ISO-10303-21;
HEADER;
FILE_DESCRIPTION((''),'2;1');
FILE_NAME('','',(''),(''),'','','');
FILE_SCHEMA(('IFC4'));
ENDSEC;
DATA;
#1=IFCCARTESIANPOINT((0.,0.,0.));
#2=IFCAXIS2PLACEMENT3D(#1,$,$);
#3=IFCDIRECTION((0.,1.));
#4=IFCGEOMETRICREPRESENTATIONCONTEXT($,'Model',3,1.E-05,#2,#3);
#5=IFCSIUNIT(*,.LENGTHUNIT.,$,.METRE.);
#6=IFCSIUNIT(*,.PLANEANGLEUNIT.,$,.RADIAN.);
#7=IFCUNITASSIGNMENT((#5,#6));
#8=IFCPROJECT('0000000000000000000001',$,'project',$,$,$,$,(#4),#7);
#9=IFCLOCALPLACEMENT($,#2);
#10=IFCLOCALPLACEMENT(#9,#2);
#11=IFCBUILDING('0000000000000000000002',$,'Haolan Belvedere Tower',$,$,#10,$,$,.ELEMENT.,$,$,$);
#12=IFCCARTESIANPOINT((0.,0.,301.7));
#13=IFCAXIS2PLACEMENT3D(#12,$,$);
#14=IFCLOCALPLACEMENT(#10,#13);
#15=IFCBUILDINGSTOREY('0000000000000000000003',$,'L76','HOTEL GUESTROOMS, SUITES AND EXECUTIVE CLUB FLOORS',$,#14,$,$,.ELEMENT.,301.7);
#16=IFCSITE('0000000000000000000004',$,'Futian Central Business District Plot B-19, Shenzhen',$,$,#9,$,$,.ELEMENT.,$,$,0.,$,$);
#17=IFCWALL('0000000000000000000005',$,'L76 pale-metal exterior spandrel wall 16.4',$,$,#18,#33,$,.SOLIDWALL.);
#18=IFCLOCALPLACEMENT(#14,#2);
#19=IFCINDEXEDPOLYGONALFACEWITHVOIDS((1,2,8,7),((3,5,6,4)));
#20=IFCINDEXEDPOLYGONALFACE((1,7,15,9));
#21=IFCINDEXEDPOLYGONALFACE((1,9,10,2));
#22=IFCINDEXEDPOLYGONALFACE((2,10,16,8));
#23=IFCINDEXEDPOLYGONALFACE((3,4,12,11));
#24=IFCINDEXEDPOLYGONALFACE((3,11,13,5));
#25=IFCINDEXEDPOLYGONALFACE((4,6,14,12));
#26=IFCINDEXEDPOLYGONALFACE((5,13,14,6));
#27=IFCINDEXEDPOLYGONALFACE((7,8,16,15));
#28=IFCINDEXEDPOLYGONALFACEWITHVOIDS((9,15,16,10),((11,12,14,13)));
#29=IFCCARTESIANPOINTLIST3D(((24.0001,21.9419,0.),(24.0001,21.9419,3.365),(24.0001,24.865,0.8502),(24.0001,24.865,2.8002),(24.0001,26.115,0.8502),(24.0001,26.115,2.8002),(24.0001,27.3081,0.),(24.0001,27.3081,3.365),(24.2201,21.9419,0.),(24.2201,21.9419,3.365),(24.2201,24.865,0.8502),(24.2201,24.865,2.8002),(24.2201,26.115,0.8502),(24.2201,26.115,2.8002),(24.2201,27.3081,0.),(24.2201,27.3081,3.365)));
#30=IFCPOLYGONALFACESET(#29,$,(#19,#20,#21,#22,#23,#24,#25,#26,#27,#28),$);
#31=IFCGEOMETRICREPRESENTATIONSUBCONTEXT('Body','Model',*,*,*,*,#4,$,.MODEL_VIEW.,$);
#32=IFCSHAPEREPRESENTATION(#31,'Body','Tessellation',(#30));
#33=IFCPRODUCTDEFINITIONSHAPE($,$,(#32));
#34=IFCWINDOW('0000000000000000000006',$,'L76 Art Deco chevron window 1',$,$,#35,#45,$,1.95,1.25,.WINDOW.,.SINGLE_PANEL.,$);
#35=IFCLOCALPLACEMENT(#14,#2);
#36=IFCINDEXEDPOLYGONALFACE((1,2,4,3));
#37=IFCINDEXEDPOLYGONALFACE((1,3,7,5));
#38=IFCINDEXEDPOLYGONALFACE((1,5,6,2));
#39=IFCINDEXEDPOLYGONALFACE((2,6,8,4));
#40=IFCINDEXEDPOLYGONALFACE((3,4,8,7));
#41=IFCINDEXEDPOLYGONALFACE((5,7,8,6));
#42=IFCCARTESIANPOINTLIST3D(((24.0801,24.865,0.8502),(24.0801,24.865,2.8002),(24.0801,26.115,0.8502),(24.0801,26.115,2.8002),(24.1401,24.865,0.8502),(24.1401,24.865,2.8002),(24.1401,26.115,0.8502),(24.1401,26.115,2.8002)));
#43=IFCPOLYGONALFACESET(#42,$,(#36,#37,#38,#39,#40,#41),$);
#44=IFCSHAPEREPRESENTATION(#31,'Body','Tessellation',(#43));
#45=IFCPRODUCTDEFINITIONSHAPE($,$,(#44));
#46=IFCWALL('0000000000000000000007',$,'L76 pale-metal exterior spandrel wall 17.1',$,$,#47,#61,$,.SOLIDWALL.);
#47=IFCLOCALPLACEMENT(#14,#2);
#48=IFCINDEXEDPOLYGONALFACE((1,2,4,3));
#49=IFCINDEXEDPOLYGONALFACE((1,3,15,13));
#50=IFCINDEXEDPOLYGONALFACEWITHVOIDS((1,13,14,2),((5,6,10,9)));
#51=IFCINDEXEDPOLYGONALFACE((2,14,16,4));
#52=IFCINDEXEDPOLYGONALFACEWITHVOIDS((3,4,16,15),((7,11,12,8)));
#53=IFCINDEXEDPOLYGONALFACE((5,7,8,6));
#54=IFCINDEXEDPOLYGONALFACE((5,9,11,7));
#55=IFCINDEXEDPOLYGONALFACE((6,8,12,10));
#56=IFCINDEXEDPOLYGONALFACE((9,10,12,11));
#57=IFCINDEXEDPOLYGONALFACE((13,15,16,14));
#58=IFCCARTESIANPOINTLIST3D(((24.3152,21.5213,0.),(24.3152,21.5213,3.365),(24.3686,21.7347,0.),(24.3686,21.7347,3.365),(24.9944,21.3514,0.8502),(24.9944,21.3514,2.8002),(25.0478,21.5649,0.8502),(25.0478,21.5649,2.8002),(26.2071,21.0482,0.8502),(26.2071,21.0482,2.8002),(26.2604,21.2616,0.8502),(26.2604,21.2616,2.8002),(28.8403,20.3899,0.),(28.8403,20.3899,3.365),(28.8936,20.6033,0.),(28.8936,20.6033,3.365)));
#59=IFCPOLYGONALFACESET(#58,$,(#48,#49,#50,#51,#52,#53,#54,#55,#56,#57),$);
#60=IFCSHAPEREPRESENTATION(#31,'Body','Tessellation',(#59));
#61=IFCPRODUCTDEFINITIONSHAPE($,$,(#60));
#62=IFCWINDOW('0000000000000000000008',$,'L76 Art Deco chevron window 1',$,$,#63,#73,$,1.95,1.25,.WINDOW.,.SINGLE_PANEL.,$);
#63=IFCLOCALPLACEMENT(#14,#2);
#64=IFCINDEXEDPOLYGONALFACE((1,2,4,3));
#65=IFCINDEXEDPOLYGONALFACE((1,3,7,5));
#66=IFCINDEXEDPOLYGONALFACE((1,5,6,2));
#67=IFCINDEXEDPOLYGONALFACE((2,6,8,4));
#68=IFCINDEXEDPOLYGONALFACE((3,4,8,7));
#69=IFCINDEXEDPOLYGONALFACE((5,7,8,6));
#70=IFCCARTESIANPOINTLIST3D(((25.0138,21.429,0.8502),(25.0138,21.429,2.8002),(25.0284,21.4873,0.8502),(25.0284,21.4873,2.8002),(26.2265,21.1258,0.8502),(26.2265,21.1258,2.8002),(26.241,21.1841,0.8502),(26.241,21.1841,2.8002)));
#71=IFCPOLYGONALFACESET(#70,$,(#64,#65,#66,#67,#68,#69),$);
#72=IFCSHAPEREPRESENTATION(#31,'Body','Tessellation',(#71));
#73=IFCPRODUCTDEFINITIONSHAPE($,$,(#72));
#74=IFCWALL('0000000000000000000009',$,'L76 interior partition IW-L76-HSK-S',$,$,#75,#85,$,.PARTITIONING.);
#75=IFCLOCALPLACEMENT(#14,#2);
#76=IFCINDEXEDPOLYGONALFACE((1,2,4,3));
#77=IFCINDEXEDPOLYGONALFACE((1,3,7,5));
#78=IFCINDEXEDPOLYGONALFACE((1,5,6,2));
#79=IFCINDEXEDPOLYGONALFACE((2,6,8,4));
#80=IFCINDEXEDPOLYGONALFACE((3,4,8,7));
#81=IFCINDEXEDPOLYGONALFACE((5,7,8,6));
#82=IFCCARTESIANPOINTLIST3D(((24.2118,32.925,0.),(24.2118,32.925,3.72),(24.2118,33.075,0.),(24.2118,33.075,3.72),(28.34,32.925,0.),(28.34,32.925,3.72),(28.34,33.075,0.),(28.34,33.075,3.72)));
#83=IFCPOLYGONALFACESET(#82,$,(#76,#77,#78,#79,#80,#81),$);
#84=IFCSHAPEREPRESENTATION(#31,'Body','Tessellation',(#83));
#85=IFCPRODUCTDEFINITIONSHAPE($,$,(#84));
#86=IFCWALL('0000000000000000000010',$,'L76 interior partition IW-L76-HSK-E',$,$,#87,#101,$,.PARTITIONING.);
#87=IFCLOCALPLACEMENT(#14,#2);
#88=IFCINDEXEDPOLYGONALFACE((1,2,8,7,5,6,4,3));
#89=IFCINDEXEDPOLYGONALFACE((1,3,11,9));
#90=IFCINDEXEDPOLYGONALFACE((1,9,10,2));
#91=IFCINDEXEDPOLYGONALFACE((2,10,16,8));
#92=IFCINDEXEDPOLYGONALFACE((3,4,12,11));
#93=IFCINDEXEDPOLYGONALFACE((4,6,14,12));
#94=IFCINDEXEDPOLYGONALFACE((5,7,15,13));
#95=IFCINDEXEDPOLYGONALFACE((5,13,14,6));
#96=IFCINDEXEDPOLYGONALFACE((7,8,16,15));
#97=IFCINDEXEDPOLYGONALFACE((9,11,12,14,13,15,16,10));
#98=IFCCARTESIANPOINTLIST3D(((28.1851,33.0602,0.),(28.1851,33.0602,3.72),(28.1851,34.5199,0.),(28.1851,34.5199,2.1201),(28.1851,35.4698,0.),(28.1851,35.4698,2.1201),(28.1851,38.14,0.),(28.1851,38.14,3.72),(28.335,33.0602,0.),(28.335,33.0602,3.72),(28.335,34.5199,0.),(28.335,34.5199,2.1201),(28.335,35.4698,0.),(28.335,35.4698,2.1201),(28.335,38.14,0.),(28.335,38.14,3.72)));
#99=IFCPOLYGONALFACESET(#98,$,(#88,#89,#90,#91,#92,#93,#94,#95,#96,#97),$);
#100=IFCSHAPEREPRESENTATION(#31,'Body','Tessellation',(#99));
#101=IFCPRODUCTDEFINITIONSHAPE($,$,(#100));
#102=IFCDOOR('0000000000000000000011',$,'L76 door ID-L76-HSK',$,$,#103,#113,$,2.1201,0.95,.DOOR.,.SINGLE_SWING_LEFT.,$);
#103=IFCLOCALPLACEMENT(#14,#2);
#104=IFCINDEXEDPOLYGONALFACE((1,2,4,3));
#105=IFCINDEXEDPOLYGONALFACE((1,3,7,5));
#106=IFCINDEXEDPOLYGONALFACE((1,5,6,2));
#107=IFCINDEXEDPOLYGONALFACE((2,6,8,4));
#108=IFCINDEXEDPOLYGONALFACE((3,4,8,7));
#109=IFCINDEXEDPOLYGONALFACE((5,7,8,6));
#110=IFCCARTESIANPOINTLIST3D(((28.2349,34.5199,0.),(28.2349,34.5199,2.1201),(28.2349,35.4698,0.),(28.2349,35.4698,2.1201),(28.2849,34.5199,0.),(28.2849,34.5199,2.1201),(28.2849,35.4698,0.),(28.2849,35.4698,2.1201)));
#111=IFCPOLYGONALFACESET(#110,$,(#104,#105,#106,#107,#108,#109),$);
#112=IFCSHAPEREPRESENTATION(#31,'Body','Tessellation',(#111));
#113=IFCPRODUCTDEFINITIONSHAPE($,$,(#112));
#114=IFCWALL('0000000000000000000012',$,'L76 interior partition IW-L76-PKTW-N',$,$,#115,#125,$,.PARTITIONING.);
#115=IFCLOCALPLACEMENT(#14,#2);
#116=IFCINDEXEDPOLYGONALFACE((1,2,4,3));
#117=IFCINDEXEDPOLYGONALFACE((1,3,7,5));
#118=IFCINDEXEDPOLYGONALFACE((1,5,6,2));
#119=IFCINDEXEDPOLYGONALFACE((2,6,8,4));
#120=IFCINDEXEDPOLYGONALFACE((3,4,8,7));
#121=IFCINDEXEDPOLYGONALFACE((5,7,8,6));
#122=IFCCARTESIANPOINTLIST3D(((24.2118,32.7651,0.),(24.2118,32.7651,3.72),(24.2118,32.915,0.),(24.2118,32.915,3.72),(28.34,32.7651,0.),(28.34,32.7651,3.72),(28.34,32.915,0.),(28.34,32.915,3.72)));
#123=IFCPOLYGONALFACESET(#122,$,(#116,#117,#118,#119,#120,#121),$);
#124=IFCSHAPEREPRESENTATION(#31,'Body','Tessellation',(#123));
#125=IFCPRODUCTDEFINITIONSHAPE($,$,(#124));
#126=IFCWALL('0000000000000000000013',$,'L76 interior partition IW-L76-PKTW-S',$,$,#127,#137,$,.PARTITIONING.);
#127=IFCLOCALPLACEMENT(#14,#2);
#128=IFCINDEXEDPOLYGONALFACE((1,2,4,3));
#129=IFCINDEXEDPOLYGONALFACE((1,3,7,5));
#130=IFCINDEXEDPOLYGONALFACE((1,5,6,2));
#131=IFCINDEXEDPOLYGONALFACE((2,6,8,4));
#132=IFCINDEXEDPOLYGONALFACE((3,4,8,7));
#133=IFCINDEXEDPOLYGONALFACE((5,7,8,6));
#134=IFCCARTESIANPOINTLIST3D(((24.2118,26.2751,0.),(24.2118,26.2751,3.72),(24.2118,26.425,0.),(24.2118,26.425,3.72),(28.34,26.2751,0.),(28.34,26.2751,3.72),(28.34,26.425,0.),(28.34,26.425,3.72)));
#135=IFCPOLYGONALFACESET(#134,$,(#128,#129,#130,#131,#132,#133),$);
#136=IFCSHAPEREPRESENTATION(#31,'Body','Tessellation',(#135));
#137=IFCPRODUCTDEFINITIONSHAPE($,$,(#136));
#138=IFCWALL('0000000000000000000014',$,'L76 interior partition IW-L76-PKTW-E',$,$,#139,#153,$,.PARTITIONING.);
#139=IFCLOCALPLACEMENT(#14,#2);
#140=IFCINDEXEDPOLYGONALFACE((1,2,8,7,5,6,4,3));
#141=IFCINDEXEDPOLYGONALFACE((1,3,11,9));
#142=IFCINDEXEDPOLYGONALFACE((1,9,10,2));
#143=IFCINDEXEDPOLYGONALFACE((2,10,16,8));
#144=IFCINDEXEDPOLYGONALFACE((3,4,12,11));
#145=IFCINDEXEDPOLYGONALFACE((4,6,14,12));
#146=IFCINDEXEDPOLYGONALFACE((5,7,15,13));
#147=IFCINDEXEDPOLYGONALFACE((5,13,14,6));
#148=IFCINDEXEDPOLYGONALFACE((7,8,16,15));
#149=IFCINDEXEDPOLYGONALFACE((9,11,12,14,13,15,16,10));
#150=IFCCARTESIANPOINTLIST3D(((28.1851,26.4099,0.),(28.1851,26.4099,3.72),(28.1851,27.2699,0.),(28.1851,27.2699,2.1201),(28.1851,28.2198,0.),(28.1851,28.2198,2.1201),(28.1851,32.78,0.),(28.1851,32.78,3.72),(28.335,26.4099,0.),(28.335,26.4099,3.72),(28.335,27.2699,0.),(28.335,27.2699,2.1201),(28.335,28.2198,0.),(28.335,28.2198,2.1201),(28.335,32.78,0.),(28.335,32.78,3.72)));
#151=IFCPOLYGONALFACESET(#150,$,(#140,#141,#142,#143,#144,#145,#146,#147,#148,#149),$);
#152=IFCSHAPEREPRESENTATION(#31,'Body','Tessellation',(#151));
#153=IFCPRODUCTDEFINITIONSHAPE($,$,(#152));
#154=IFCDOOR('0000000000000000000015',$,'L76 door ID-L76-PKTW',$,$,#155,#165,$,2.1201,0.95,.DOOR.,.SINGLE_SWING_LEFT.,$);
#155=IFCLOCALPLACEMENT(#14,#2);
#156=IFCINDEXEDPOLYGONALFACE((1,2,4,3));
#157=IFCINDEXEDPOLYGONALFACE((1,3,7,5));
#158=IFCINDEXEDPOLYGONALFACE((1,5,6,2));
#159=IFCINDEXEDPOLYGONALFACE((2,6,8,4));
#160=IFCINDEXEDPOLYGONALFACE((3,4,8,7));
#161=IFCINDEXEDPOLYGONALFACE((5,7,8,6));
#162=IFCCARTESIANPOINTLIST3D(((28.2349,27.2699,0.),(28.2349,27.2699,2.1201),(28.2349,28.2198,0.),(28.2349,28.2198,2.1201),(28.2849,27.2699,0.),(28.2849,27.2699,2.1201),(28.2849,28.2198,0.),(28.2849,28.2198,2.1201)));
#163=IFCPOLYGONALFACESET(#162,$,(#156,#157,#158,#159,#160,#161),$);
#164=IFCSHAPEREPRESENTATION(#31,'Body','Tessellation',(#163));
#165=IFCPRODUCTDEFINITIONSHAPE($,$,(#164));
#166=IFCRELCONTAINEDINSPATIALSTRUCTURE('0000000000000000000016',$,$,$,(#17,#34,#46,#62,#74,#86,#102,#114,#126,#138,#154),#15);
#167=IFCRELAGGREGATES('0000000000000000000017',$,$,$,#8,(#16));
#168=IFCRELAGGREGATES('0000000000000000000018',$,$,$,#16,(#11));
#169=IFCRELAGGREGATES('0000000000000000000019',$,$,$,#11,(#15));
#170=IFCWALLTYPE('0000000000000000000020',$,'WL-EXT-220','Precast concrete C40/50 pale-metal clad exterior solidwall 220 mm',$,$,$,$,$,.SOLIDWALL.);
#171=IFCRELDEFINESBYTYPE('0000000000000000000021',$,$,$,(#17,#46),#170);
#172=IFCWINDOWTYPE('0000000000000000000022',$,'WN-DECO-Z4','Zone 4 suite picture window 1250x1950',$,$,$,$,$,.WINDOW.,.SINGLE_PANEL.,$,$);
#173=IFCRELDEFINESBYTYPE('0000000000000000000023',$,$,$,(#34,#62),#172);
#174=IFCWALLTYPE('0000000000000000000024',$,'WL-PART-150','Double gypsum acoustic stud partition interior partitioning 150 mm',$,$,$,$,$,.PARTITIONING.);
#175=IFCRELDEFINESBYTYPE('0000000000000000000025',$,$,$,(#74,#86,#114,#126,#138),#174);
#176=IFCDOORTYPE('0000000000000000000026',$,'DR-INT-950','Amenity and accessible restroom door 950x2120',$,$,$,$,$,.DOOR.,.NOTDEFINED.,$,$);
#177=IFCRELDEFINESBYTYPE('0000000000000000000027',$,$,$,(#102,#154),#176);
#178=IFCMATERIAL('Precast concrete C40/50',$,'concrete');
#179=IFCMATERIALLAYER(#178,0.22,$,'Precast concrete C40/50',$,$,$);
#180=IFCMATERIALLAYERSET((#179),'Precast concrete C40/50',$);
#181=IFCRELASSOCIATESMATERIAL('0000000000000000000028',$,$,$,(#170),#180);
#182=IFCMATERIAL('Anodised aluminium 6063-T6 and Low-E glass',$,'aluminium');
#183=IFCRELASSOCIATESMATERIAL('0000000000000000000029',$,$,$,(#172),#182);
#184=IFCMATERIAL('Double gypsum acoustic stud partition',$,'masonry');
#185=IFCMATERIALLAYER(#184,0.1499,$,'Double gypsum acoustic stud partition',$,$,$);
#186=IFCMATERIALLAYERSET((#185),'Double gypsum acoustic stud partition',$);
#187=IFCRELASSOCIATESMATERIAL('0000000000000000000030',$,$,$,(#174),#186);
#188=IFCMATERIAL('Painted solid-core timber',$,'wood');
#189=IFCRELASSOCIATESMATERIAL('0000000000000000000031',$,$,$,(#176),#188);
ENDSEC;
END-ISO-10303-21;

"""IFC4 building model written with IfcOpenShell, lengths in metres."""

from ifc_helpers import new_model, si_unit, direction, frame, frame_2d, origin, place, context, subcontext, project, spatial, rectangle, extrude, material, layer, layer_set, type_object, element, fill, save


model = new_model("IFC4")

# Units and contexts
model_context = context("Model", 3, precision=1e-05, world=origin(), true_north=direction((0.0, 1.0)))
body_context = subcontext(model_context, "Body", "Model", "MODEL_VIEW")
ifc_project = project(units=[si_unit("LENGTHUNIT", "METRE"), si_unit("PLANEANGLEUNIT", "RADIAN")], contexts=[model_context])

# Site, building, storey
site_placement = place(None, origin())
site = spatial("IfcSite", under=ifc_project, at=site_placement, Name="Futian Central Business District Plot B-19, Shenzhen", CompositionType="ELEMENT", RefElevation=0.0)
building_placement = place(site_placement, origin())
building = spatial("IfcBuilding", under=site, at=building_placement, Name="Haolan Belvedere Tower", CompositionType="ELEMENT")
storey_placement = place(building_placement, frame((0.0, 0.0, 301.7)))
storey = spatial("IfcBuildingStorey", under=building, at=storey_placement, Name="L76", Description="HOTEL GUESTROOMS, SUITES AND EXECUTIVE CLUB FLOORS", CompositionType="ELEMENT", Elevation=301.7)

# Walls, openings, windows
ifc_material_1 = material(Name="Precast concrete C40/50", Category="concrete")
ifc_layer_1 = layer(ifc_material_1, 0.22, Name="Precast concrete C40/50")
ifc_layer_set_1 = layer_set([ifc_layer_1], Name="Precast concrete C40/50")
wall_type_1 = type_object("IfcWallType", Name="WL-EXT-220", Description="Precast concrete C40/50 pale-metal clad exterior solidwall 220 mm", PredefinedType="SOLIDWALL", material=ifc_layer_set_1)
ifc_material_2 = material(Name="Anodised aluminium 6063-T6 and Low-E glass", Category="aluminium")
window_type = type_object("IfcWindowType", Name="WN-DECO-Z4", Description="Zone 4 suite picture window 1250x1950", PartitioningType="SINGLE_PANEL", PredefinedType="WINDOW", material=ifc_material_2)
wall_1_placement = place(storey_placement, frame((24.1101, 27.3081, 0.0), z_axis=(0.0, 0.0, 1.0), x_axis=(0.0, -1.0, 0.0)))
wall_1 = element("IfcWall", 1, at=wall_1_placement, inside=storey, type_object=wall_type_1, Name="L76 pale-metal exterior spandrel wall 16.4", PredefinedType="SOLIDWALL", context=body_context, shape_type="SweptSolid", body=[
    extrude(rectangle(XDim=5.3662, YDim=0.22, at=frame_2d((2.6831, 0.0))), origin(), (0.0, 0.0, 1.0), 3.365),
])
opening_1_placement = place(wall_1_placement, frame((1.1931, 0.0, 0.8501)))
opening_1 = element("IfcOpeningElement", 2, at=opening_1_placement, cuts=wall_1, PredefinedType="OPENING", context=body_context, shape_type="SweptSolid", body=[
    extrude(rectangle(XDim=1.25, YDim=1.95, at=frame_2d((0.625, 0.9751))), frame((0.0, 0.1199, 0.0), z_axis=(0.0, -1.0, 0.0), x_axis=(1.0, 0.0, 0.0)), (0.0, 0.0, 1.0), 0.24),
])
window_1_placement = place(opening_1_placement, origin())
window_1 = element("IfcWindow", 3, at=window_1_placement, inside=storey, type_object=window_type, Name="L76 Art Deco chevron window 1", OverallHeight=1.95, OverallWidth=1.25, PartitioningType="SINGLE_PANEL", PredefinedType="WINDOW", context=body_context, shape_type="SweptSolid", body=[
    extrude(rectangle(XDim=1.25, YDim=1.95, at=frame_2d((0.625, 0.9751))), frame((0.0, 0.03, 0.0), z_axis=(0.0, -1.0, 0.0), x_axis=(1.0, 0.0, 0.0)), (0.0, 0.0, 1.0), 0.0601),
])
fill(opening_1, window_1)
wall_2_placement = place(storey_placement, frame((24.342, 21.6279, 0.0), z_axis=(0.0, 0.0, 1.0), x_axis=(0.970136, -0.24256, 0.0)))
wall_2 = element("IfcWall", 4, at=wall_2_placement, inside=storey, type_object=wall_type_1, Name="L76 pale-metal exterior spandrel wall 17.1", PredefinedType="SOLIDWALL", context=body_context, shape_type="SweptSolid", body=[
    extrude(rectangle(XDim=4.6643, YDim=0.22, at=frame_2d((2.332, 0.0))), origin(), (0.0, 0.0, 1.0), 3.365),
])
opening_2_placement = place(wall_2_placement, frame((0.7, 0.0, 0.8501)))
opening_2 = element("IfcOpeningElement", 5, at=opening_2_placement, cuts=wall_2, PredefinedType="OPENING", context=body_context, shape_type="SweptSolid", body=[
    extrude(rectangle(XDim=1.25, YDim=1.95, at=frame_2d((0.625, 0.9751))), frame((0.0, 0.1199, 0.0), z_axis=(0.0, -1.0, 0.0), x_axis=(1.0, 0.0, 0.0)), (0.0, 0.0, 1.0), 0.24),
])
window_2_placement = place(opening_2_placement, origin())
window_2 = element("IfcWindow", 6, at=window_2_placement, inside=storey, type_object=window_type, Name="L76 Art Deco chevron window 1", OverallHeight=1.95, OverallWidth=1.25, PartitioningType="SINGLE_PANEL", PredefinedType="WINDOW", context=body_context, shape_type="SweptSolid", body=[
    extrude(rectangle(XDim=1.25, YDim=1.95, at=frame_2d((0.625, 0.9751))), frame((0.0, 0.03, 0.0), z_axis=(0.0, -1.0, 0.0), x_axis=(1.0, 0.0, 0.0)), (0.0, 0.0, 1.0), 0.0601),
])
fill(opening_2, window_2)

# Wall
ifc_material_3 = material(Name="Double gypsum acoustic stud partition", Category="masonry")
ifc_layer_2 = layer(ifc_material_3, 0.1499, Name="Double gypsum acoustic stud partition")
ifc_layer_set_2 = layer_set([ifc_layer_2], Name="Double gypsum acoustic stud partition")
wall_type_2 = type_object("IfcWallType", Name="WL-PART-150", Description="Double gypsum acoustic stud partition interior partitioning 150 mm", PredefinedType="PARTITIONING", material=ifc_layer_set_2)
wall_3_placement = place(storey_placement, frame((24.2119, 33.0, 0.0), z_axis=(0.0, 0.0, 1.0), x_axis=(1.0, 0.0, 0.0)))
element("IfcWall", 7, at=wall_3_placement, inside=storey, type_object=wall_type_2, Name="L76 interior partition IW-L76-HSK-S", PredefinedType="PARTITIONING", context=body_context, shape_type="SweptSolid", body=[
    extrude(rectangle(XDim=4.1282, YDim=0.1499, at=frame_2d((2.064, 0.0))), origin(), (0.0, 0.0, 1.0), 3.72),
])

# Wall, opening, door
wall_4_placement = place(storey_placement, frame((28.26, 33.0601, 0.0), z_axis=(0.0, 0.0, 1.0), x_axis=(0.0, 1.0, 0.0)))
wall_4 = element("IfcWall", 8, at=wall_4_placement, inside=storey, type_object=wall_type_2, Name="L76 interior partition IW-L76-HSK-E", PredefinedType="PARTITIONING", context=body_context, shape_type="SweptSolid", body=[
    extrude(rectangle(XDim=5.0798, YDim=0.1499, at=frame_2d((2.54, 0.0))), origin(), (0.0, 0.0, 1.0), 3.72),
])
opening_3_placement = place(wall_4_placement, frame((2.4099, 0.0, 0.0), z_axis=(0.0, 0.0, 1.0), x_axis=(-1.0, 0.0, 0.0)))
opening_3 = element("IfcOpeningElement", 9, at=opening_3_placement, cuts=wall_4, PredefinedType="OPENING", context=body_context, shape_type="SweptSolid", body=[
    extrude(rectangle(XDim=0.95, YDim=2.1201, at=frame_2d((0.4751, 1.0601))), frame((0.0, 0.085, 0.0), z_axis=(0.0, -1.0, 0.0), x_axis=(1.0, 0.0, 0.0)), (0.0, 0.0, 1.0), 0.1699),
])
ifc_material_4 = material(Name="Painted solid-core timber", Category="wood")
door_type = type_object("IfcDoorType", Name="DR-INT-950", Description="Amenity and accessible restroom door 950x2120", OperationType="NOTDEFINED", PredefinedType="DOOR", material=ifc_material_4)
door_1_placement = place(opening_3_placement, origin())
door_1 = element("IfcDoor", 10, at=door_1_placement, inside=storey, type_object=door_type, Name="L76 door ID-L76-HSK", OperationType="SINGLE_SWING_LEFT", OverallHeight=2.1201, OverallWidth=0.95, PredefinedType="DOOR", context=body_context, shape_type="SweptSolid", body=[
    extrude(rectangle(XDim=0.95, YDim=2.1201, at=frame_2d((0.4751, 1.0601))), frame((0.0, 0.0249, 0.0), z_axis=(0.0, -1.0, 0.0), x_axis=(1.0, 0.0, 0.0)), (0.0, 0.0, 1.0), 0.05),
])
fill(opening_3, door_1)

# Walls
for number, where, z_axis, x_axis, name in (
    (11, (24.2119, 32.8401, 0.0), (0.0, 0.0, 1.0), (1.0, 0.0, 0.0), "L76 interior partition IW-L76-PKTW-N"),
    (12, (24.2119, 26.3501, 0.0), (0.0, 0.0, 1.0), (1.0, 0.0, 0.0), "L76 interior partition IW-L76-PKTW-S"),
):
    element("IfcWall", number, at=place(storey_placement, frame(where, z_axis=z_axis, x_axis=x_axis)), inside=storey, type_object=wall_type_2, Name=name, PredefinedType="PARTITIONING", context=body_context, shape_type="SweptSolid", body=[
        extrude(rectangle(XDim=4.1282, YDim=0.1499, at=frame_2d((2.064, 0.0))), origin(), (0.0, 0.0, 1.0), 3.72),
    ])

# Wall, opening, door
wall_5_placement = place(storey_placement, frame((28.26, 26.4099, 0.0), z_axis=(0.0, 0.0, 1.0), x_axis=(0.0, 1.0, 0.0)))
wall_5 = element("IfcWall", 13, at=wall_5_placement, inside=storey, type_object=wall_type_2, Name="L76 interior partition IW-L76-PKTW-E", PredefinedType="PARTITIONING", context=body_context, shape_type="SweptSolid", body=[
    extrude(rectangle(XDim=6.3701, YDim=0.1499, at=frame_2d((3.1851, 0.0))), origin(), (0.0, 0.0, 1.0), 3.72),
])
opening_4_placement = place(wall_5_placement, frame((1.8101, 0.0, 0.0), z_axis=(0.0, 0.0, 1.0), x_axis=(-1.0, 0.0, 0.0)))
opening_4 = element("IfcOpeningElement", 14, at=opening_4_placement, cuts=wall_5, PredefinedType="OPENING", context=body_context, shape_type="SweptSolid", body=[
    extrude(rectangle(XDim=0.95, YDim=2.1201, at=frame_2d((0.4751, 1.0601))), frame((0.0, 0.085, 0.0), z_axis=(0.0, -1.0, 0.0), x_axis=(1.0, 0.0, 0.0)), (0.0, 0.0, 1.0), 0.1699),
])
door_2_placement = place(opening_4_placement, origin())
door_2 = element("IfcDoor", 15, at=door_2_placement, inside=storey, type_object=door_type, Name="L76 door ID-L76-PKTW", OperationType="SINGLE_SWING_LEFT", OverallHeight=2.1201, OverallWidth=0.95, PredefinedType="DOOR", context=body_context, shape_type="SweptSolid", body=[
    extrude(rectangle(XDim=0.95, YDim=2.1201, at=frame_2d((0.4751, 1.0601))), frame((0.0, 0.0249, 0.0), z_axis=(0.0, -1.0, 0.0), x_axis=(1.0, 0.0, 0.0)), (0.0, 0.0, 1.0), 0.05),
])
fill(opening_4, door_2)

save(model, "model.ifc")
